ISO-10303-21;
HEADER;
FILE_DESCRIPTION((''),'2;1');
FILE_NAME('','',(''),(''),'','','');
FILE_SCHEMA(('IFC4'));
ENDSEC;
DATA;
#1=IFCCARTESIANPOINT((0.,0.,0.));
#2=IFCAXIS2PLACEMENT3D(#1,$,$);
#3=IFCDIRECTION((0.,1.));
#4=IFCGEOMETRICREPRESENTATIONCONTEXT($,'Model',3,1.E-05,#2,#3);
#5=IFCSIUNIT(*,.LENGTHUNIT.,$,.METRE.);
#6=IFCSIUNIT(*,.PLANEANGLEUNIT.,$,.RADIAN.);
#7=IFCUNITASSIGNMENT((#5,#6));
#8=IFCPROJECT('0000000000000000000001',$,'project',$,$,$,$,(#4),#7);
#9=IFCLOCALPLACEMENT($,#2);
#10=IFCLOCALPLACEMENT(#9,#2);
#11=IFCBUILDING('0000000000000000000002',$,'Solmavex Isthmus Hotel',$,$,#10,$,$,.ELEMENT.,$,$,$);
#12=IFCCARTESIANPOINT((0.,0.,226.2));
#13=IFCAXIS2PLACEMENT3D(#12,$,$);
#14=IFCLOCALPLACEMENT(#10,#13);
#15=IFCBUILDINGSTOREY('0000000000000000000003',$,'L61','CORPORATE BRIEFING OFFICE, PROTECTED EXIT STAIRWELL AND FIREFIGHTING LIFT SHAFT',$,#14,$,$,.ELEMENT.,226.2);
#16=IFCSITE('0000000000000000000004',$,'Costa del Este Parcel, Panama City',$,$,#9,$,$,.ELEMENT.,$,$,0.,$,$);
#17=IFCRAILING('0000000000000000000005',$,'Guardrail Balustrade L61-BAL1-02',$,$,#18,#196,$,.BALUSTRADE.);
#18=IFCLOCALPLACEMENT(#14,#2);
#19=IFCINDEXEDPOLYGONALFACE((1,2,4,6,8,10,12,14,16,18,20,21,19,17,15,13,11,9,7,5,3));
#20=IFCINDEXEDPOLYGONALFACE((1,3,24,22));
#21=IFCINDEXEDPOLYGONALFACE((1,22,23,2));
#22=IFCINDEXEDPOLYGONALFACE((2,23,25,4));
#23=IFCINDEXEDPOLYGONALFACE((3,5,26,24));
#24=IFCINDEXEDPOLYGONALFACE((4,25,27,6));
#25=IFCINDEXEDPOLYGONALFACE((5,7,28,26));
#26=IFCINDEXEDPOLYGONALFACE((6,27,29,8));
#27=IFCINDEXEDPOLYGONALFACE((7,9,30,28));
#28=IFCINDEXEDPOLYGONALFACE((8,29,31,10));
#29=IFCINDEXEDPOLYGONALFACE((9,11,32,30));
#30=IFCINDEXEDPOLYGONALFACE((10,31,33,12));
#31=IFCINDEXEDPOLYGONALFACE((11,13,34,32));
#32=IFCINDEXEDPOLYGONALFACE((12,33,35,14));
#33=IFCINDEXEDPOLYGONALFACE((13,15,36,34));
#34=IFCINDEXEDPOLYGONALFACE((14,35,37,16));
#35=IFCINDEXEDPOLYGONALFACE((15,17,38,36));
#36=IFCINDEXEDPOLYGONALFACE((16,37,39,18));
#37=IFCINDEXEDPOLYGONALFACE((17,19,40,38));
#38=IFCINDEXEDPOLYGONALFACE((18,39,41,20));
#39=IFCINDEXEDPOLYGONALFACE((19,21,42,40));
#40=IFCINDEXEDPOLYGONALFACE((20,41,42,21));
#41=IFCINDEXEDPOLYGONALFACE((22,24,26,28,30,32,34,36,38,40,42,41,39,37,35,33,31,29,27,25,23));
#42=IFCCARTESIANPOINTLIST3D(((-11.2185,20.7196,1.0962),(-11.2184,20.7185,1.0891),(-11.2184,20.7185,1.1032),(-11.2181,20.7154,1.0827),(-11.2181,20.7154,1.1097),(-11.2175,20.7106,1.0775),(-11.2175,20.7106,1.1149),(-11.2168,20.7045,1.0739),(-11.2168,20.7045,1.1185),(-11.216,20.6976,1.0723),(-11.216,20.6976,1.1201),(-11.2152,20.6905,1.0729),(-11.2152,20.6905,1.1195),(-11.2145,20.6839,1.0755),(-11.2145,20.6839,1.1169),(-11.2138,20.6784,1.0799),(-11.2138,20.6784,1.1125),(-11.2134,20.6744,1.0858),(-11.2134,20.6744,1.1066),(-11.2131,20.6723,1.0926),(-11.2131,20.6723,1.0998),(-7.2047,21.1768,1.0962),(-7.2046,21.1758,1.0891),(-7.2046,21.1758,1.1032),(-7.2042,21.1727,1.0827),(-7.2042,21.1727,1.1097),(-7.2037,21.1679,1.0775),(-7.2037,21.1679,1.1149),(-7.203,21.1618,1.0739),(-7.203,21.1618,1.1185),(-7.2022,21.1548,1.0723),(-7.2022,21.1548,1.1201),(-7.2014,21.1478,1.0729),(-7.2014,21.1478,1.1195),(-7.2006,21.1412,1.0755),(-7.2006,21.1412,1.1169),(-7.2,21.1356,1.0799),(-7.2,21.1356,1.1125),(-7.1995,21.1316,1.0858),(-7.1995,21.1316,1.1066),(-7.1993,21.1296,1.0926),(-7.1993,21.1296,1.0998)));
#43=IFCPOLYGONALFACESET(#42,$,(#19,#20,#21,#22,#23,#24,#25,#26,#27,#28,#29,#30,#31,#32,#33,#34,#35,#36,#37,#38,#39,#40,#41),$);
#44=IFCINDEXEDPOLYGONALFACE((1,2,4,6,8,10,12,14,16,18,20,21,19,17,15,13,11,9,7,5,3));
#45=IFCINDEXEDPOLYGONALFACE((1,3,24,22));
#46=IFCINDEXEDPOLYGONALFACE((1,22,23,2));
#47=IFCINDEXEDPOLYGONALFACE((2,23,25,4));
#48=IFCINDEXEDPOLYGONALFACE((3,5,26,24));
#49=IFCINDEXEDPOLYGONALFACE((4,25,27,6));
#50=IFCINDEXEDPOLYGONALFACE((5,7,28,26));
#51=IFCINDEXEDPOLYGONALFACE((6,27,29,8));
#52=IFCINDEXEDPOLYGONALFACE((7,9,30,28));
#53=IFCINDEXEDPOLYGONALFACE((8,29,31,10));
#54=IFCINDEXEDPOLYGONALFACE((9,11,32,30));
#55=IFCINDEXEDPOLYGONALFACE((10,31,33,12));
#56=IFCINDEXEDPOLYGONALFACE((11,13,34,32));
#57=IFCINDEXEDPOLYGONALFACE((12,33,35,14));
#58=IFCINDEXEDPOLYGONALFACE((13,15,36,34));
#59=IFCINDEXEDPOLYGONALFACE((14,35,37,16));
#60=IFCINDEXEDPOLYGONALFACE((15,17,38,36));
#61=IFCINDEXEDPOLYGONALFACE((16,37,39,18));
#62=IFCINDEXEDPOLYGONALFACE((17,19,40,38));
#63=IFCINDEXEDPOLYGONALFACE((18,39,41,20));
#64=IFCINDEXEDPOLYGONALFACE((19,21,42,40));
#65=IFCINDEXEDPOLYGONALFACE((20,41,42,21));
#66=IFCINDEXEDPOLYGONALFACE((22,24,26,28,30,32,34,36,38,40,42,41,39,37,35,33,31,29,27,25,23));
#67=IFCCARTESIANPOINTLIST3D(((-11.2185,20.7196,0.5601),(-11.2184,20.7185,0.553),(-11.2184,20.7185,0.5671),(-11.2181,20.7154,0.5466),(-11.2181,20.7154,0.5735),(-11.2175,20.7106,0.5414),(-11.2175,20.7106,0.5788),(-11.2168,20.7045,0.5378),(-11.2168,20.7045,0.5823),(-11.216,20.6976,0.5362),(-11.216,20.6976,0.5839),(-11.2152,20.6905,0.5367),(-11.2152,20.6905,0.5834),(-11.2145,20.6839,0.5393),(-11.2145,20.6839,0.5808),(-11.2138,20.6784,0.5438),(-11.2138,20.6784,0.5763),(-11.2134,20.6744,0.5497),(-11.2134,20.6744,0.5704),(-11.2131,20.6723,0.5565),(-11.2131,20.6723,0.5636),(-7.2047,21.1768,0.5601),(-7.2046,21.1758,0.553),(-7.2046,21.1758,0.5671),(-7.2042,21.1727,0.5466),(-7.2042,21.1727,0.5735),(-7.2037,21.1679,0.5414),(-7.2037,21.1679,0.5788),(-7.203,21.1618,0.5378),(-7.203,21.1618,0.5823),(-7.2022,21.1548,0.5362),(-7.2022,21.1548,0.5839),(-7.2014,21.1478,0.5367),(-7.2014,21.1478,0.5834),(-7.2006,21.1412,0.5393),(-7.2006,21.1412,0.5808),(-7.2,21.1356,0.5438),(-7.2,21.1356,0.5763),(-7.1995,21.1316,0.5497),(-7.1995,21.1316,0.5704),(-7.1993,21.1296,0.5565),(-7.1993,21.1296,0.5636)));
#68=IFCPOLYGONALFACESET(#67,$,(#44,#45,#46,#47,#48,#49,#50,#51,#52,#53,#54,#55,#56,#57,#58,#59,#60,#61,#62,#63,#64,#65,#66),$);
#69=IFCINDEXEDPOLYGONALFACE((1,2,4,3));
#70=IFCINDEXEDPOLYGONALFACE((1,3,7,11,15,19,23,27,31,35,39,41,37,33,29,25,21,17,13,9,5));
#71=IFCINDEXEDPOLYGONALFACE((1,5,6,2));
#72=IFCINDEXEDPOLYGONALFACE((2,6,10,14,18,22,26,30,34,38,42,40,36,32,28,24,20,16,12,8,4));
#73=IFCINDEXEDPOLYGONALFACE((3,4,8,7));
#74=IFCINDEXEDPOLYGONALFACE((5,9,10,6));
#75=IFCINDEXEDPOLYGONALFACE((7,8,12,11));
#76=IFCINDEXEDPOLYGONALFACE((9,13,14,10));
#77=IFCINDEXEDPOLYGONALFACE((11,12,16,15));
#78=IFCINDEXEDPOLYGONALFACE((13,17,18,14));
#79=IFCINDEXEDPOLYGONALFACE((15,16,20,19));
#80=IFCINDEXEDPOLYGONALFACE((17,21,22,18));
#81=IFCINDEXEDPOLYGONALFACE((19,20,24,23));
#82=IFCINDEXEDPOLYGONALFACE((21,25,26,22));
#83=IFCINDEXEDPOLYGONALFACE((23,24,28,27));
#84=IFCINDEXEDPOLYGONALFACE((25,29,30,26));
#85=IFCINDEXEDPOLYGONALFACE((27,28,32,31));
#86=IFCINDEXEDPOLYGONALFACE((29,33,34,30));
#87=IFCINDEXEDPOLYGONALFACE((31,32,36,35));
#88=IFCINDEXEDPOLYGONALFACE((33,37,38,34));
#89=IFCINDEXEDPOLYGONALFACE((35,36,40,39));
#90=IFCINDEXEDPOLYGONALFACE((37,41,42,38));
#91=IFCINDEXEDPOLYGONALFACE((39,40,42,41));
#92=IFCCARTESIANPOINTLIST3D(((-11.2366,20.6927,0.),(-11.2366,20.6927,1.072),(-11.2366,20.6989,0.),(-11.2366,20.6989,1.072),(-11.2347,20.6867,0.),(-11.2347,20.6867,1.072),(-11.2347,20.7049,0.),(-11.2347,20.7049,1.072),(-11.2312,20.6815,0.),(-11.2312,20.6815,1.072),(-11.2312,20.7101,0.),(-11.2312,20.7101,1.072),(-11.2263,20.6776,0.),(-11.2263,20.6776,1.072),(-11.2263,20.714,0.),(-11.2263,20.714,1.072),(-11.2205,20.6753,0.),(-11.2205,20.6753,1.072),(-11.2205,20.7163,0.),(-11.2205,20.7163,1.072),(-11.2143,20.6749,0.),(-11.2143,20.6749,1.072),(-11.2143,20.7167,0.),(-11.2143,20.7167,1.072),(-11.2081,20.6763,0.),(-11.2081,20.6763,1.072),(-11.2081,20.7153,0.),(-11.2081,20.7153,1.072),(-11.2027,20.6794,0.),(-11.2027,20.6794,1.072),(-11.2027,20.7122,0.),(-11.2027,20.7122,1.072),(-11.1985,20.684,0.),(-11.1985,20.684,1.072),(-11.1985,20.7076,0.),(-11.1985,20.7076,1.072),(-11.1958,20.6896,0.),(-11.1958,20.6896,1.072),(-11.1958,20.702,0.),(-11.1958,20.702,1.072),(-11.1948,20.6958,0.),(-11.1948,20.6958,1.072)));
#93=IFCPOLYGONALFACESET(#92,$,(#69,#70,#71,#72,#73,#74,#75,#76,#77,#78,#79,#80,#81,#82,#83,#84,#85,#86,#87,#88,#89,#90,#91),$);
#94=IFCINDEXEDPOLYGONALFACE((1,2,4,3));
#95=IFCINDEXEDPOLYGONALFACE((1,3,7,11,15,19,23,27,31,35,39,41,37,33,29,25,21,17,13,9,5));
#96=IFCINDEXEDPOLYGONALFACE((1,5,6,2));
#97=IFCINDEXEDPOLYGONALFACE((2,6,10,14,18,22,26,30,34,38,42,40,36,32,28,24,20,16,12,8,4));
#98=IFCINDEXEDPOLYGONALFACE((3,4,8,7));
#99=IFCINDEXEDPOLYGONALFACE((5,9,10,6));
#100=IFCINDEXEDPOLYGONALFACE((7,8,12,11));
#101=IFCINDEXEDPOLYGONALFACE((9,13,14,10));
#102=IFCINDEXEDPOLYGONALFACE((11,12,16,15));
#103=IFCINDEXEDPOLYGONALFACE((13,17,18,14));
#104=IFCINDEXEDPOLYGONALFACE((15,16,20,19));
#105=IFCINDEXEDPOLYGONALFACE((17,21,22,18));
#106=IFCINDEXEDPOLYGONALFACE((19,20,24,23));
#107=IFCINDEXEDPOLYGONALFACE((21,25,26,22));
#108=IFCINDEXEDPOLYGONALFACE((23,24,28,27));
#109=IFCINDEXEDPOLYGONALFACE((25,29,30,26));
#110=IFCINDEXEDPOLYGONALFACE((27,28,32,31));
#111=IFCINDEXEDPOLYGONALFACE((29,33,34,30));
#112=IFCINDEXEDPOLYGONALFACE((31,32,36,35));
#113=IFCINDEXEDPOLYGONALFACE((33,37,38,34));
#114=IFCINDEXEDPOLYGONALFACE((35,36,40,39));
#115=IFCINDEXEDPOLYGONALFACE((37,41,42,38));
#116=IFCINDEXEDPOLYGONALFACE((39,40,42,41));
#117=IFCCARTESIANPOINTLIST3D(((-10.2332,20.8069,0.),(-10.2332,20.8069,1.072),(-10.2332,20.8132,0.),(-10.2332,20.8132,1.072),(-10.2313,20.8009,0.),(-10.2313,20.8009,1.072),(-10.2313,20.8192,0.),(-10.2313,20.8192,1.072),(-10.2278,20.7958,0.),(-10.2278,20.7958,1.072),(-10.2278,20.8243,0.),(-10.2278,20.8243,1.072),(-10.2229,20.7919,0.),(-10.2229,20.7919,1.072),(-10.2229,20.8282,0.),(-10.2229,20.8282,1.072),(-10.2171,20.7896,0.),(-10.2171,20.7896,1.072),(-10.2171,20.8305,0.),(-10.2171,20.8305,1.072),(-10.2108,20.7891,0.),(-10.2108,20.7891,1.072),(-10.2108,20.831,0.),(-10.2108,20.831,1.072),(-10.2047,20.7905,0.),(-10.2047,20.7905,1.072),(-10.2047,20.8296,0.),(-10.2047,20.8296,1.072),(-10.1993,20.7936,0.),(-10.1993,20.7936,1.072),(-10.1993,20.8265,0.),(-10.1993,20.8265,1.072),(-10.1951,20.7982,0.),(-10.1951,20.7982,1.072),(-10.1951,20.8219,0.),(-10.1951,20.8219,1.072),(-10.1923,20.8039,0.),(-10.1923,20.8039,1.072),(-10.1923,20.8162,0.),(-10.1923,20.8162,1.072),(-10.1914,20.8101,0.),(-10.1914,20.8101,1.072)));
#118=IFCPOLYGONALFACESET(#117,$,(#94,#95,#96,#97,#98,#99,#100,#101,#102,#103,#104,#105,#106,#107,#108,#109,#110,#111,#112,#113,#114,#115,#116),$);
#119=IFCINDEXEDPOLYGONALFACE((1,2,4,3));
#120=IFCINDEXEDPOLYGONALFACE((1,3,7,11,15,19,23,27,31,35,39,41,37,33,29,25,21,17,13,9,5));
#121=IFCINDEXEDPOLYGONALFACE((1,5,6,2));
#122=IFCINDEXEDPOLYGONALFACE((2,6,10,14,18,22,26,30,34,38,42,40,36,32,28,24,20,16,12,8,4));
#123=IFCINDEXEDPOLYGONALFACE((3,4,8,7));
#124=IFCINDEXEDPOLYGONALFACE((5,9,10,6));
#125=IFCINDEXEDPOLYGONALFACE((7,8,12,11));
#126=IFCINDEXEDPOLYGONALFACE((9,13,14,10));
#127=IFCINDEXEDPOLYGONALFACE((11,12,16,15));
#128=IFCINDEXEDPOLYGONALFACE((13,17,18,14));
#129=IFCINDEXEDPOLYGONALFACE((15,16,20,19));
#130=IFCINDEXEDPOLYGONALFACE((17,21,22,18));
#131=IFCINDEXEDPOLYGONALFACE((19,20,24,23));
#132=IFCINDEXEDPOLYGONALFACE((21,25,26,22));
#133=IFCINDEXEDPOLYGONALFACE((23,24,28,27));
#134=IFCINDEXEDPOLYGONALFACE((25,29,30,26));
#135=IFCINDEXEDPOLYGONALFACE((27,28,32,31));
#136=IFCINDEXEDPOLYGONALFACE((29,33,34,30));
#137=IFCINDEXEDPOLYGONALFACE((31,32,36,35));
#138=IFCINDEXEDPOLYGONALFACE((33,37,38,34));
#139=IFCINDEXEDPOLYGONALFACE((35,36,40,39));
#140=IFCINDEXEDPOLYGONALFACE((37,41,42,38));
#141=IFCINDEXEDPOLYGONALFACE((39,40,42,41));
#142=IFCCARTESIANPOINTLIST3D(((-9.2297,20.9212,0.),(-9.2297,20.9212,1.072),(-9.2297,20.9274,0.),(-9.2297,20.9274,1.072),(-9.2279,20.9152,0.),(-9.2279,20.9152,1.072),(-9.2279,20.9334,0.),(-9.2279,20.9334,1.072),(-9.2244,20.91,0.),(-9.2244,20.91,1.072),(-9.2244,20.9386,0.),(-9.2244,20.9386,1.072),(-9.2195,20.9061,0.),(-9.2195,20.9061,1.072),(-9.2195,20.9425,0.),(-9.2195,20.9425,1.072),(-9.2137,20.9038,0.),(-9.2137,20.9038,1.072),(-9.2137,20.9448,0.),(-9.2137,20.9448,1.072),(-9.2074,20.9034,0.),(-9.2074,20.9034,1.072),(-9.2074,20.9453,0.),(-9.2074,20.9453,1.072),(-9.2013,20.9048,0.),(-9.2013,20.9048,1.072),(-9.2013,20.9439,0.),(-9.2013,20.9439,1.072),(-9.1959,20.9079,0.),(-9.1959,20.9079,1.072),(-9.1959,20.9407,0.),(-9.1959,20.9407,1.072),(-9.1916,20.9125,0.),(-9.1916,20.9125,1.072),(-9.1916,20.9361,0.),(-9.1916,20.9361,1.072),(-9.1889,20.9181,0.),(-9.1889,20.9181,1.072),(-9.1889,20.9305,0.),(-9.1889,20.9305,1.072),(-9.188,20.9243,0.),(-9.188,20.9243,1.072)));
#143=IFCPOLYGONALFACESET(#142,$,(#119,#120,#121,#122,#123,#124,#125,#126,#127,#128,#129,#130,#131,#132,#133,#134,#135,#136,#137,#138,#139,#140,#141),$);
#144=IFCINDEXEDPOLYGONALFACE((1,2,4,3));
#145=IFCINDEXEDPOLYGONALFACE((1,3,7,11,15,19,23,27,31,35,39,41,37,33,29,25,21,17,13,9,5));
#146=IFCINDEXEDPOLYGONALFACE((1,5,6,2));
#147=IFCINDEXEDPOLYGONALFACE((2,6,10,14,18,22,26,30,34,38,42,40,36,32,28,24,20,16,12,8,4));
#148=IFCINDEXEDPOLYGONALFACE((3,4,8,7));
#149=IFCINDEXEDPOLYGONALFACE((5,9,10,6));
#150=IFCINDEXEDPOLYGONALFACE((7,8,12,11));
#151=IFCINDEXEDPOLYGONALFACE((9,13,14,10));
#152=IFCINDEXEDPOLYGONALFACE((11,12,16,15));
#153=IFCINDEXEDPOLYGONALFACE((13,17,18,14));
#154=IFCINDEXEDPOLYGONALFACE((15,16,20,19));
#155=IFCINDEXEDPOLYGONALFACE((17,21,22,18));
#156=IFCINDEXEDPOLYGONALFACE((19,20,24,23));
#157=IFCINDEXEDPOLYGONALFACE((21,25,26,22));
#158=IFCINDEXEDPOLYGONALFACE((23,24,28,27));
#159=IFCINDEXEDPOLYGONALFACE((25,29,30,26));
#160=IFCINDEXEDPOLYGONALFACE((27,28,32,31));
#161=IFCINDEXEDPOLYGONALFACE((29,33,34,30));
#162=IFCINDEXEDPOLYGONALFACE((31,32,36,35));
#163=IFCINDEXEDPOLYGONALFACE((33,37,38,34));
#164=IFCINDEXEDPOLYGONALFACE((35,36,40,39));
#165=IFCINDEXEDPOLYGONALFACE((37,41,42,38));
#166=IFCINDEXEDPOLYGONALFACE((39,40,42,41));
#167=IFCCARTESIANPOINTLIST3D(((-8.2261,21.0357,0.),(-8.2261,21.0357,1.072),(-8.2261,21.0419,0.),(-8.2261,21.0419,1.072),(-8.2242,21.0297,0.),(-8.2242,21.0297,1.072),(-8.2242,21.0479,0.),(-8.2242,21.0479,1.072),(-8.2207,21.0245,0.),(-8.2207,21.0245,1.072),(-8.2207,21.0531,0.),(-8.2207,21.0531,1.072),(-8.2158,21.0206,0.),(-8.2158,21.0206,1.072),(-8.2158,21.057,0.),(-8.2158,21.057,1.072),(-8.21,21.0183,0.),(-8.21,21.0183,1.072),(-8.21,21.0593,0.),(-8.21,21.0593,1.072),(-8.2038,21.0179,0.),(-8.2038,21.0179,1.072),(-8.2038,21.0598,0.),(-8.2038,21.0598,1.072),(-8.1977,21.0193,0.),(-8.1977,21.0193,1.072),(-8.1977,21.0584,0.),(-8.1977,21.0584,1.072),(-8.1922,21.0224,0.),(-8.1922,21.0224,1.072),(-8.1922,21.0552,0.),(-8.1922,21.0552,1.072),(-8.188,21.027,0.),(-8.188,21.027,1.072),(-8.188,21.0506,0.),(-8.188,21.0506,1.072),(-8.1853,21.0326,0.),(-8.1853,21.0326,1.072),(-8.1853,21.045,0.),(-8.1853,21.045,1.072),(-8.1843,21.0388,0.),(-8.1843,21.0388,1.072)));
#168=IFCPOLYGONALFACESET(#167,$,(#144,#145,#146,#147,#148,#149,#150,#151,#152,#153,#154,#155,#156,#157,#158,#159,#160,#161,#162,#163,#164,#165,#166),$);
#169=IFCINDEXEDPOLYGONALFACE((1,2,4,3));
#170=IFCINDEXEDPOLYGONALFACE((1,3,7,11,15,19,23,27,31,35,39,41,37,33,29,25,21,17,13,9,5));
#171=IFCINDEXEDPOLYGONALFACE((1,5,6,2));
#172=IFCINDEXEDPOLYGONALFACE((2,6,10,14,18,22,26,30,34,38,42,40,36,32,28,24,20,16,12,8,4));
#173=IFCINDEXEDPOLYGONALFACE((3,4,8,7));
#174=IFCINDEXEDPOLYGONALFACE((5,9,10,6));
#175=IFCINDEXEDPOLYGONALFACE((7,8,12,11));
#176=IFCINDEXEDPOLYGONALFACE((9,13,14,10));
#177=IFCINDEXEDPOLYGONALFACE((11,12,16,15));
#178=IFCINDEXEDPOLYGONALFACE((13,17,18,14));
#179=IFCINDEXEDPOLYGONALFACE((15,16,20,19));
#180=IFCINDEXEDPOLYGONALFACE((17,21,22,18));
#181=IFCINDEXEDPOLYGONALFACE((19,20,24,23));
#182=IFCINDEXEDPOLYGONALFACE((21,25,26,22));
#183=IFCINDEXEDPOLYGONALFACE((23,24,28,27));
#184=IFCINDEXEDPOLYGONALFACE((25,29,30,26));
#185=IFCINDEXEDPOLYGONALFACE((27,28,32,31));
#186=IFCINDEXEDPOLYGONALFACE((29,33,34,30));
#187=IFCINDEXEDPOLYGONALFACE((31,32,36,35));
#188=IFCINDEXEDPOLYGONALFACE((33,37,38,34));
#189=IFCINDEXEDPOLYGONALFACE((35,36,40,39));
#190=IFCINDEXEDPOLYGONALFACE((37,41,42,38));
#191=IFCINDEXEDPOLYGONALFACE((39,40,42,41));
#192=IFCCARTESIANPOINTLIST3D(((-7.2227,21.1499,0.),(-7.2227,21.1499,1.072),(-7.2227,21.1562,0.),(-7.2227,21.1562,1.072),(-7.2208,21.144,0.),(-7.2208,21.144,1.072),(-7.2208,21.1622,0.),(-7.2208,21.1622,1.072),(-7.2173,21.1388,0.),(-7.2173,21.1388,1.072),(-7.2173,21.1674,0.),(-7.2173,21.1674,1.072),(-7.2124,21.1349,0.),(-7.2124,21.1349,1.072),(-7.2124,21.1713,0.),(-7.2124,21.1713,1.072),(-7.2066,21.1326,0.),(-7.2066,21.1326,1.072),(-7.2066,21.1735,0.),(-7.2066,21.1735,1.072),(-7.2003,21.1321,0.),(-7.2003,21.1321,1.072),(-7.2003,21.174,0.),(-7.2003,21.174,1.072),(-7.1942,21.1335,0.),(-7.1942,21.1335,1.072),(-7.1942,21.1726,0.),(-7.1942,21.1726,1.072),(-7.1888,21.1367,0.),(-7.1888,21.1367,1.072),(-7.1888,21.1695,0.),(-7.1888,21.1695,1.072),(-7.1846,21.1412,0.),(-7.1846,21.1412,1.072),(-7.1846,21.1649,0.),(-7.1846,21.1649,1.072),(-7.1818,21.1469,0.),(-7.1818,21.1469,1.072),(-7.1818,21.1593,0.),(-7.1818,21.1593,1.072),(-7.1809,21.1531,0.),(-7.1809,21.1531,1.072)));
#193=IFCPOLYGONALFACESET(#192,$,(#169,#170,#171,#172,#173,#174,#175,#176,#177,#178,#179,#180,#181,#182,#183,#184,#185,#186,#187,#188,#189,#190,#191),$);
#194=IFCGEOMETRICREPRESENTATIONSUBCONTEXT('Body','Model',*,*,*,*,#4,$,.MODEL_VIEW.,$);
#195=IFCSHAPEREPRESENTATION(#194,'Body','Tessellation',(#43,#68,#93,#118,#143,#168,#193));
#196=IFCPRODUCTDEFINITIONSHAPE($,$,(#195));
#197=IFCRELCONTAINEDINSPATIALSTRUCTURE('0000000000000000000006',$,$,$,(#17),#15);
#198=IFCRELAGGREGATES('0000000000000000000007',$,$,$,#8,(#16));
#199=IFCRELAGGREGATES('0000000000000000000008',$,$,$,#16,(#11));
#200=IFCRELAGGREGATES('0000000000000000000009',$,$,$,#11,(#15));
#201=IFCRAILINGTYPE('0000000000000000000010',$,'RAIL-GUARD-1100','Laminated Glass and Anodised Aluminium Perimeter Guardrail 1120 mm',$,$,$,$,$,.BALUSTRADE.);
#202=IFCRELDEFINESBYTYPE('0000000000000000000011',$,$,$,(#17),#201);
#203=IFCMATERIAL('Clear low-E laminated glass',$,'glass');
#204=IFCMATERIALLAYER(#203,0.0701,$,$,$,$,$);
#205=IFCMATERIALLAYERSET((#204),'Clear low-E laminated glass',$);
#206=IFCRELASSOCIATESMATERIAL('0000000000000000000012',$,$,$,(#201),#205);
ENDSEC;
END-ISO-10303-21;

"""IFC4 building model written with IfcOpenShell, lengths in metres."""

from ifc_helpers import new_model, si_unit, direction, frame, origin, origin_2d, place, context, subcontext, project, spatial, circle, extrude, material, layer, layer_set, type_object, element, save


model = new_model("IFC4")

# Units and contexts
model_context = context("Model", 3, precision=1e-05, world=origin(), true_north=direction((0.0, 1.0)))
body_context = subcontext(model_context, "Body", "Model", "MODEL_VIEW")
ifc_project = project(units=[si_unit("LENGTHUNIT", "METRE"), si_unit("PLANEANGLEUNIT", "RADIAN")], contexts=[model_context])

# Site, building, storey
site_placement = place(None, origin())
site = spatial("IfcSite", under=ifc_project, at=site_placement, Name="Costa del Este Parcel, Panama City", CompositionType="ELEMENT", RefElevation=0.0)
building_placement = place(site_placement, origin())
building = spatial("IfcBuilding", under=site, at=building_placement, Name="Solmavex Isthmus Hotel", CompositionType="ELEMENT")
storey_placement = place(building_placement, frame((0.0, 0.0, 226.2)))
storey = spatial("IfcBuildingStorey", under=building, at=storey_placement, Name="L61", Description="CORPORATE BRIEFING OFFICE, PROTECTED EXIT STAIRWELL AND FIREFIGHTING LIFT SHAFT", CompositionType="ELEMENT", Elevation=226.2)

# Shared definitions
ifc_material_1 = material(Name="Clear low-E laminated glass", Category="glass")

# Railing
ifc_layer_1 = layer(ifc_material_1, 0.0701)
ifc_layer_set_1 = layer_set([ifc_layer_1], Name="Clear low-E laminated glass")
railing_type = type_object("IfcRailingType", Name="RAIL-GUARD-1100", Description="Laminated Glass and Anodised Aluminium Perimeter Guardrail 1120 mm", PredefinedType="BALUSTRADE", material=ifc_layer_set_1)
railing_1_placement = place(storey_placement, frame((-11.2158, 20.6958, 0.0)))
element("IfcRailing", 1, at=railing_1_placement, inside=storey, type_object=railing_type, Name="Guardrail Balustrade L61-BAL1-02", PredefinedType="BALUSTRADE", context=body_context, shape_type="SweptSolid", body=[
    extrude(circle(Radius=0.0239, at=origin_2d()), frame((0.0, 0.0, 1.0962), z_axis=(0.993573, 0.11319, 0.0), x_axis=(-0.11319, 0.993573, 0.0)), (0.0, 0.0, 1.0), 4.0398),
    extrude(circle(Radius=0.0239, at=origin_2d()), frame((0.0, 0.0, 0.5601), z_axis=(0.993573, 0.11319, 0.0), x_axis=(-0.11319, 0.993573, 0.0)), (0.0, 0.0, 1.0), 4.0398),
    extrude(circle(Radius=0.021, at=origin_2d()), origin(), (0.0, 0.0, 1.0), 1.072),
    extrude(circle(Radius=0.021, at=origin_2d()), frame((1.0034, 0.1143, 0.0)), (0.0, 0.0, 1.0), 1.072),
    extrude(circle(Radius=0.021, at=origin_2d()), frame((2.0068, 0.2285, 0.0)), (0.0, 0.0, 1.0), 1.072),
    extrude(circle(Radius=0.021, at=origin_2d()), frame((3.0105, 0.343, 0.0)), (0.0, 0.0, 1.0), 1.072),
    extrude(circle(Radius=0.021, at=origin_2d()), frame((4.0139, 0.4573, 0.0)), (0.0, 0.0, 1.0), 1.072),
])

save(model, "model.ifc")
